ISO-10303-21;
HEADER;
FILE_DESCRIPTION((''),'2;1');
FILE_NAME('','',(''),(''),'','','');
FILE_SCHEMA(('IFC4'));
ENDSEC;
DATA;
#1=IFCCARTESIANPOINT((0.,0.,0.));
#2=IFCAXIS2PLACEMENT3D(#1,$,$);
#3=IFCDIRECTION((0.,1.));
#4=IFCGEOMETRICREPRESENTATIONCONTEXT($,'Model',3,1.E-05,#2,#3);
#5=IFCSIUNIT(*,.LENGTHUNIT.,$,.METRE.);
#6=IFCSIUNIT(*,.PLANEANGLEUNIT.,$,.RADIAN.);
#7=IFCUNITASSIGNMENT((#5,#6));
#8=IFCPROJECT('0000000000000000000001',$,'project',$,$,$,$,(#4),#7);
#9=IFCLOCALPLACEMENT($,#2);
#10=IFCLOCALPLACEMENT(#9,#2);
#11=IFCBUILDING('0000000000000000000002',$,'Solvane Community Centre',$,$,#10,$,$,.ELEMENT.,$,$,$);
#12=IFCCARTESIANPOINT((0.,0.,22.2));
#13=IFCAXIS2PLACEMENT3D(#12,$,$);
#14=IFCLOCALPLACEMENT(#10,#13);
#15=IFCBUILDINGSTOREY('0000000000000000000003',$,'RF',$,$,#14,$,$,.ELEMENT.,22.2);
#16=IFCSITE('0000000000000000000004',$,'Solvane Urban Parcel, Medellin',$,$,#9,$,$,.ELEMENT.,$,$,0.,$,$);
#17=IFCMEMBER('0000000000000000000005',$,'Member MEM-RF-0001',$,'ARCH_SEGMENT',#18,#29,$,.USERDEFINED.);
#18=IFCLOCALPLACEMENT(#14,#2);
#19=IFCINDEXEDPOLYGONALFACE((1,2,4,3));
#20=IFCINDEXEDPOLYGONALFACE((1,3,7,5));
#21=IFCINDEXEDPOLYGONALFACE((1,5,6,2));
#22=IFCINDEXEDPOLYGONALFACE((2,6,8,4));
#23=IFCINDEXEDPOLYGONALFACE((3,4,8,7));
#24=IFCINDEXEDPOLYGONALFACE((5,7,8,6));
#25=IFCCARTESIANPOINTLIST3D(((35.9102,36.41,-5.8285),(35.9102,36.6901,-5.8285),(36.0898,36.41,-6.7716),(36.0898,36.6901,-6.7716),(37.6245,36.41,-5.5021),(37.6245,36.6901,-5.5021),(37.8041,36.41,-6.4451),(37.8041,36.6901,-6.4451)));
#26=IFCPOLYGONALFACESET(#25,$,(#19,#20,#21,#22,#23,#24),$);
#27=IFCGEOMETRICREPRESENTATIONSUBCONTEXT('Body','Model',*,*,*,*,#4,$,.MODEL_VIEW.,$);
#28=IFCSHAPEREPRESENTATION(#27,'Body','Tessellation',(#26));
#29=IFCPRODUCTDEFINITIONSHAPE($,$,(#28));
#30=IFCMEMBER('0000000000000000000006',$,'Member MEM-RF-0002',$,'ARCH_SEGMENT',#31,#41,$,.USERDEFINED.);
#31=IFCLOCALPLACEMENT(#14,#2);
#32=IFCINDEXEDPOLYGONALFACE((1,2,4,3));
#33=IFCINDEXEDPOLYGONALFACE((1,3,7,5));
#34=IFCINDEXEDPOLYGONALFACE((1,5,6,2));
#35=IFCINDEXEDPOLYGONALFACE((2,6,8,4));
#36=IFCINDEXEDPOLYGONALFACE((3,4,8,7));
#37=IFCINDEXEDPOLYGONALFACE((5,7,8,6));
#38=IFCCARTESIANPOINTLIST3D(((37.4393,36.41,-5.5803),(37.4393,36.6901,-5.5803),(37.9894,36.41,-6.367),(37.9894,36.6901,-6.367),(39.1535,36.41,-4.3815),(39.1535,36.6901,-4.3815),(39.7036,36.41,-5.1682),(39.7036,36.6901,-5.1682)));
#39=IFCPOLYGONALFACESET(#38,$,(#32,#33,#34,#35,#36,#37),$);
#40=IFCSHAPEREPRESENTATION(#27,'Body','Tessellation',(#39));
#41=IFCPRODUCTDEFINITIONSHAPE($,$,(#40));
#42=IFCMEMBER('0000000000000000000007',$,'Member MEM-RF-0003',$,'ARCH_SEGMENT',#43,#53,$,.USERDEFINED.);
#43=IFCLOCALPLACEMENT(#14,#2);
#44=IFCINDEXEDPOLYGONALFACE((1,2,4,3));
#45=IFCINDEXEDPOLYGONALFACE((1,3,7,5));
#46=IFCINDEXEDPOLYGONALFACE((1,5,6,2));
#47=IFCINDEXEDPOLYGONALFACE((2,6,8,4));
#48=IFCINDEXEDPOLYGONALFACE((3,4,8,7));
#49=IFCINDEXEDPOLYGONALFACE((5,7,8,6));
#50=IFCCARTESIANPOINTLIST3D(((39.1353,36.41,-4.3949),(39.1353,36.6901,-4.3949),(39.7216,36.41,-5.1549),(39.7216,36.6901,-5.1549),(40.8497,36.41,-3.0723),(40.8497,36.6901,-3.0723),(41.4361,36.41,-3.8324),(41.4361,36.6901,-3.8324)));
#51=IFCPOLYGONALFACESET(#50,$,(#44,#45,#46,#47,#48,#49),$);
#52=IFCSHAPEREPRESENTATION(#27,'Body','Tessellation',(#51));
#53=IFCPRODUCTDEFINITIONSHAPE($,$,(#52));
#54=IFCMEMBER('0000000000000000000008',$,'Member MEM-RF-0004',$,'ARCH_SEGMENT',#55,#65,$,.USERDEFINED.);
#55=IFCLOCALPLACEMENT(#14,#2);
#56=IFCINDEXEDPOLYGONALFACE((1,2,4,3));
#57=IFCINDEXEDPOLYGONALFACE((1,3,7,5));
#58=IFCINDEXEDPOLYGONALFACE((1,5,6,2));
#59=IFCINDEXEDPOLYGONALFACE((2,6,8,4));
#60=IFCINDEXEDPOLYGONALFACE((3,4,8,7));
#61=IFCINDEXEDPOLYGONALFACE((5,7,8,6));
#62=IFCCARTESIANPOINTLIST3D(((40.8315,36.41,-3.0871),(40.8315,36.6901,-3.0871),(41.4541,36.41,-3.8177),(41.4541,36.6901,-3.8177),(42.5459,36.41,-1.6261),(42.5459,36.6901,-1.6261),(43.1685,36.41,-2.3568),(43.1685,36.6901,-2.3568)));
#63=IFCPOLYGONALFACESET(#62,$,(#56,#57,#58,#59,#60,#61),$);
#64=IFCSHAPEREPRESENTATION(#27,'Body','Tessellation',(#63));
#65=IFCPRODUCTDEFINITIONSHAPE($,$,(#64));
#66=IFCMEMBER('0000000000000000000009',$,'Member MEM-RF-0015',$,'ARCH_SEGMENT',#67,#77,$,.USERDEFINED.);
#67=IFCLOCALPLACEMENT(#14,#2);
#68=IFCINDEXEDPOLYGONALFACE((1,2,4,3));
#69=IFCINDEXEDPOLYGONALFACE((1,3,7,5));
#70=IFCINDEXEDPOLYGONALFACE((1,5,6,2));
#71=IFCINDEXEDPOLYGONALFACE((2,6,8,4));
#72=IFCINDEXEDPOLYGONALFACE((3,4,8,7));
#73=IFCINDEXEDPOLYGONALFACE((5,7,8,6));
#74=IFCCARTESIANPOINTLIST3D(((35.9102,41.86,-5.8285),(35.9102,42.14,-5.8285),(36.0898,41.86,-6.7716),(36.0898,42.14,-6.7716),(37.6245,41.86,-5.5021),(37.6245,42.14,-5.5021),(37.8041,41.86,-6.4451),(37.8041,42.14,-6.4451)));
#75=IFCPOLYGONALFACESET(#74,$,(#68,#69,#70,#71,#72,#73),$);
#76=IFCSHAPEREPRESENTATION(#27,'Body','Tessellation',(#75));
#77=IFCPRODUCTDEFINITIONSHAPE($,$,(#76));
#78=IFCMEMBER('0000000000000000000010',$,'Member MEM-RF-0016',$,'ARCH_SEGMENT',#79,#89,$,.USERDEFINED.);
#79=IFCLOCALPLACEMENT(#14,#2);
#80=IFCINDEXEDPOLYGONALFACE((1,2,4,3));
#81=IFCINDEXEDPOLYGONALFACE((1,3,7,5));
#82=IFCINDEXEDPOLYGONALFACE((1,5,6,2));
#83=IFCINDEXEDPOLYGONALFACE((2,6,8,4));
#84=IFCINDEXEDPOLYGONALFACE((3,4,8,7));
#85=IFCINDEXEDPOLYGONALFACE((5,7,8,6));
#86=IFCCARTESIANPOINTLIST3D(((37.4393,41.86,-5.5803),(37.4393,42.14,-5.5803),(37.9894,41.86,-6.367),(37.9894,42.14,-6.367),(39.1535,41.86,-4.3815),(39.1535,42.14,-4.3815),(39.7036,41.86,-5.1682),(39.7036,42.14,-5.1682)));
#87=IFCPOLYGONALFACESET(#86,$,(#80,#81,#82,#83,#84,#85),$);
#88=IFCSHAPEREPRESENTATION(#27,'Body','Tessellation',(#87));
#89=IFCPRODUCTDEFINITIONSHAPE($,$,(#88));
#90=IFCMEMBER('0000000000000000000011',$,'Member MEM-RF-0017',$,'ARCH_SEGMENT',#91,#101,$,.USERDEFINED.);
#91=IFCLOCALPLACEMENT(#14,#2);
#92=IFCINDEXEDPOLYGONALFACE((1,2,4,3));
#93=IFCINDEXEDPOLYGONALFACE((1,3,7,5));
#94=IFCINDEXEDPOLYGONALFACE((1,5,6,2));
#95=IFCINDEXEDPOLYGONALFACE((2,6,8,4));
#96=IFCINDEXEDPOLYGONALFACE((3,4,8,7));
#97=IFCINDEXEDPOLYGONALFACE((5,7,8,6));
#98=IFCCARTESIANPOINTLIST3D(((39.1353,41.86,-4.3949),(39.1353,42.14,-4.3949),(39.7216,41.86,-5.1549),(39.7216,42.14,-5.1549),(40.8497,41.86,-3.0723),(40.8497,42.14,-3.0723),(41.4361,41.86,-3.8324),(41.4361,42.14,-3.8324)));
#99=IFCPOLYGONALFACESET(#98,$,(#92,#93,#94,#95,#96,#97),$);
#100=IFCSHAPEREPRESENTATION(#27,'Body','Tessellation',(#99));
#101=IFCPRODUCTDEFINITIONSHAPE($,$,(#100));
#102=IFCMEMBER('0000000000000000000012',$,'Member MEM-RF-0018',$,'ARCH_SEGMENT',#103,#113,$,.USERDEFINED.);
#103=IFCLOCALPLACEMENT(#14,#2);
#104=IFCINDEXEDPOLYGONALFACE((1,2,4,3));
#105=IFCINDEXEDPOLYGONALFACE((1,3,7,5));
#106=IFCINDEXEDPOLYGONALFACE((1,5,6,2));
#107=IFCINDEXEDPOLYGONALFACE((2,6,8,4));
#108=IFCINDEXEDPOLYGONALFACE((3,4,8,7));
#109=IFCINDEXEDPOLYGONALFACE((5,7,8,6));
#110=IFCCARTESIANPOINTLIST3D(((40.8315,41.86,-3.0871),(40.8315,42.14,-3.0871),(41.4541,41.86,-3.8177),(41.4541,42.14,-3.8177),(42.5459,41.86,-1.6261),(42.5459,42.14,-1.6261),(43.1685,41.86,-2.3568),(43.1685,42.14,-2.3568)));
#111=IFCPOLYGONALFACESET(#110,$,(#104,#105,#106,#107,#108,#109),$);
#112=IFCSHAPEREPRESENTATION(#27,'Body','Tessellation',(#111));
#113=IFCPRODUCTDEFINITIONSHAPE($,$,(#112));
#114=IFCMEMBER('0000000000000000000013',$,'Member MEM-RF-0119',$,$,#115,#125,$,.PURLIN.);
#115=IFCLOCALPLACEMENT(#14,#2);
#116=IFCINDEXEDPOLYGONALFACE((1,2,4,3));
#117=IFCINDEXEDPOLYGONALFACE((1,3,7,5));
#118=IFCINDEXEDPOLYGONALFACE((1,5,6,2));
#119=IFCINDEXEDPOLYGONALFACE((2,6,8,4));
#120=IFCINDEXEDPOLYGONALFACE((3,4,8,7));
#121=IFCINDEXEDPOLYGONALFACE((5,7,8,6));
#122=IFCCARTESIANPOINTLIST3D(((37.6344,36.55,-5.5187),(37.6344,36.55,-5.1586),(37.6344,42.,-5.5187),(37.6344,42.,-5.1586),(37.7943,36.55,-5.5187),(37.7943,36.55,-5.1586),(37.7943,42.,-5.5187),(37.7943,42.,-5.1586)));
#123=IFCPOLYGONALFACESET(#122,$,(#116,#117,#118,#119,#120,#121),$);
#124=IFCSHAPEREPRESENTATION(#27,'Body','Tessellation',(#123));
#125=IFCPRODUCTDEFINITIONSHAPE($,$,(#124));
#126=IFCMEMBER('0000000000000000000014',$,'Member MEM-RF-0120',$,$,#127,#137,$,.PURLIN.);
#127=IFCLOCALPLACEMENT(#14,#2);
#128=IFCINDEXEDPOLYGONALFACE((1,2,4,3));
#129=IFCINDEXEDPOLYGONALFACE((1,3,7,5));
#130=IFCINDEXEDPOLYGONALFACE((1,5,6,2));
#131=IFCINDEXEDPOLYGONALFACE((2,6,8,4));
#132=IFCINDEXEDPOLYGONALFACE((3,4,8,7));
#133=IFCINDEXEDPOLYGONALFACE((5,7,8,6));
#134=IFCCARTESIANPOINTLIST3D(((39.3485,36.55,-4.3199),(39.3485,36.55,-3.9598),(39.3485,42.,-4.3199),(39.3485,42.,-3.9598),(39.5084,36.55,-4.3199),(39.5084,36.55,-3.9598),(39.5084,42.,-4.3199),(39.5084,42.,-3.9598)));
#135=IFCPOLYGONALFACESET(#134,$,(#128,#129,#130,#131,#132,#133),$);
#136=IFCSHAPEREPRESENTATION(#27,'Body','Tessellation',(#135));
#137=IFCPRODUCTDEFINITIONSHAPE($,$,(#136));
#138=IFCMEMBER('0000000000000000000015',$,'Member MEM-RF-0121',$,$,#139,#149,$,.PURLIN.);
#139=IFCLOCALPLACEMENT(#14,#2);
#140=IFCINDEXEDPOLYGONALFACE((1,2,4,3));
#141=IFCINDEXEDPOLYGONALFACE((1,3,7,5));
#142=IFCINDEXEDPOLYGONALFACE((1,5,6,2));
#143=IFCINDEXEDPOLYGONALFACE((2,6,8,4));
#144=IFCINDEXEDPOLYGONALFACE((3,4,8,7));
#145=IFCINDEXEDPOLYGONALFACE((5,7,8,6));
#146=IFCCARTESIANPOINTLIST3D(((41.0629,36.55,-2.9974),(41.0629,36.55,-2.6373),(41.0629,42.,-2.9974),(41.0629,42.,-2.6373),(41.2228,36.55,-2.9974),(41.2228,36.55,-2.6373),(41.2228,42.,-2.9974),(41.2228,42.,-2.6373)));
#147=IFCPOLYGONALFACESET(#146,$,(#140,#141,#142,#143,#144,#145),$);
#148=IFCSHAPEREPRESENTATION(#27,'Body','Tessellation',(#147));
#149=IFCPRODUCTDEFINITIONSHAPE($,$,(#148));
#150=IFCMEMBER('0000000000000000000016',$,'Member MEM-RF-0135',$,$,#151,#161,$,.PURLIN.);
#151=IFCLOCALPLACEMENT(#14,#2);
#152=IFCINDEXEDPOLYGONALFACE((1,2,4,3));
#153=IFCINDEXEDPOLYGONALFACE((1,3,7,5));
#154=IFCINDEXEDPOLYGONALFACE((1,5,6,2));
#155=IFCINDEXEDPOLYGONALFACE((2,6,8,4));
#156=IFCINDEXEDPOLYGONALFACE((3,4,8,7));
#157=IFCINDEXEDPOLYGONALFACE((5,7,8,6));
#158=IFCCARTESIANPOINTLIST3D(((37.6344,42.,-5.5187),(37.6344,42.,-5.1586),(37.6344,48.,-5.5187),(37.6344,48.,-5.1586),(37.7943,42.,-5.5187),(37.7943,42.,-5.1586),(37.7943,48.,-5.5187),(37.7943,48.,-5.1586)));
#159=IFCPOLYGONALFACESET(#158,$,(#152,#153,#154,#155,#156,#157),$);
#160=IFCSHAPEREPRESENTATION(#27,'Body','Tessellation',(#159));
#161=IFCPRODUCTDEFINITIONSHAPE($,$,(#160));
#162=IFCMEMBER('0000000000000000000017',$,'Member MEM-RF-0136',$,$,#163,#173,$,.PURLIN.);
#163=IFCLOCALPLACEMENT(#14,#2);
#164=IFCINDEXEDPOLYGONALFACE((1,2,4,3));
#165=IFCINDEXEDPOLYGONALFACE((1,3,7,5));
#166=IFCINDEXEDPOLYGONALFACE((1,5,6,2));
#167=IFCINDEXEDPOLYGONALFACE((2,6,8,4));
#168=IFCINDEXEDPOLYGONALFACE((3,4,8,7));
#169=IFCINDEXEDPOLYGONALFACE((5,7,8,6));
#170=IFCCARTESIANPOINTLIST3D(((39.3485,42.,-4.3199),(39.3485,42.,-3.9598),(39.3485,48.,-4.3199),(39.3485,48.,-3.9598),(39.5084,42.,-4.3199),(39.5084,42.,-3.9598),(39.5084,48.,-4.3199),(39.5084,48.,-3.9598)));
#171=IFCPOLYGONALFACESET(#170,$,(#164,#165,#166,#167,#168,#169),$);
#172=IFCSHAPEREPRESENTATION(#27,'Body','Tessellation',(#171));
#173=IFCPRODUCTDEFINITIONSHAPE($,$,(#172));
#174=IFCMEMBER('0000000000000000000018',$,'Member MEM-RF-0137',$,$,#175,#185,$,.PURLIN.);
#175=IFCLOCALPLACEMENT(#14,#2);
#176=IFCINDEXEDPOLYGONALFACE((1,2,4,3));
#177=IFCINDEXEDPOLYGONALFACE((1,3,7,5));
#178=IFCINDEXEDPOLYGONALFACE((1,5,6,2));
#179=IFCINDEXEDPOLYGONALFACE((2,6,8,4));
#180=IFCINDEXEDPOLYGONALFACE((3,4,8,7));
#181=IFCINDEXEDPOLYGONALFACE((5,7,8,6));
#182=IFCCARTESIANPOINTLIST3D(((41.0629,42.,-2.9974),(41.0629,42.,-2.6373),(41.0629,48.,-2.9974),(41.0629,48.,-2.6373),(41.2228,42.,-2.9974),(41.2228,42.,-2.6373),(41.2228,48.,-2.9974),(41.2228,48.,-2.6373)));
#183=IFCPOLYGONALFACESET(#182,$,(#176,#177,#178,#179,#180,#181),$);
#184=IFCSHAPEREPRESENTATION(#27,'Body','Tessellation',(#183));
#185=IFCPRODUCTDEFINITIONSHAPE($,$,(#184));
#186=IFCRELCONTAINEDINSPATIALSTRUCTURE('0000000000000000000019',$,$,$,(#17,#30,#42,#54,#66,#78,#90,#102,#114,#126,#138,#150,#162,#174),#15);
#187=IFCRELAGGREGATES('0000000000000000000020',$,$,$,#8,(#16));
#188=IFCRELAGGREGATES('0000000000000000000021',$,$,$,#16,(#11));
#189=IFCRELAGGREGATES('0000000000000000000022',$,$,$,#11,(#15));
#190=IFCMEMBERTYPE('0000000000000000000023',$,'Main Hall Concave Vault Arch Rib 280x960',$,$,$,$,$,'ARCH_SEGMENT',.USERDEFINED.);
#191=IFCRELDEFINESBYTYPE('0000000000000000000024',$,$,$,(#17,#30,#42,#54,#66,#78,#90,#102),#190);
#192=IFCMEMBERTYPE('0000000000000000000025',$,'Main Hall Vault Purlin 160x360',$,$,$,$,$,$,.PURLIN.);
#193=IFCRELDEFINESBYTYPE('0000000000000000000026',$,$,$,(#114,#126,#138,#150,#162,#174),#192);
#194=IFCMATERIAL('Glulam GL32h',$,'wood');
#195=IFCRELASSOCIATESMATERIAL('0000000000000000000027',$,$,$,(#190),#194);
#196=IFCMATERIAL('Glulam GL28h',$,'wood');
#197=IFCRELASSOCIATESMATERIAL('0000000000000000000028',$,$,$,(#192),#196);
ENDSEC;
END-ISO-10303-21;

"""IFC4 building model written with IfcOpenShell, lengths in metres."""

from ifc_helpers import new_model, si_unit, direction, frame, origin, origin_2d, place, context, subcontext, project, spatial, rectangle, extrude, material, material_profile, profile_set, type_object, element, save


model = new_model("IFC4")

# Units and contexts
model_context = context("Model", 3, precision=1e-05, world=origin(), true_north=direction((0.0, 1.0)))
body_context = subcontext(model_context, "Body", "Model", "MODEL_VIEW")
ifc_project = project(units=[si_unit("LENGTHUNIT", "METRE"), si_unit("PLANEANGLEUNIT", "RADIAN")], contexts=[model_context])

# Site, building, storey
site_placement = place(None, origin())
site = spatial("IfcSite", under=ifc_project, at=site_placement, Name="Solvane Urban Parcel, Medellin", CompositionType="ELEMENT", RefElevation=0.0)
building_placement = place(site_placement, origin())
building = spatial("IfcBuilding", under=site, at=building_placement, Name="Solvane Community Centre", CompositionType="ELEMENT")
storey_placement = place(building_placement, frame((0.0, 0.0, 22.2)))
storey = spatial("IfcBuildingStorey", under=building, at=storey_placement, Name="RF", CompositionType="ELEMENT", Elevation=22.2)

# Members
ifc_material_1 = material(Name="Glulam GL32h", Category="wood")
ifc_material_profile_1 = material_profile(ifc_material_1, rectangle(XDim=0.28, YDim=0.96, at=origin_2d()), Name="GL32h 280x960")
ifc_profile_set_1 = profile_set([ifc_material_profile_1], Name="Glulam GL32h")
member_type_1 = type_object("IfcMemberType", Name="Main Hall Concave Vault Arch Rib 280x960", ElementType="ARCH_SEGMENT", PredefinedType="USERDEFINED", material=ifc_profile_set_1)
member_1_placement = place(storey_placement, frame((36.0, 36.55, -6.3), z_axis=(0.982352, 0.0, 0.187041), x_axis=(0.0, 1.0, 0.0)))
element("IfcMember", 1, at=member_1_placement, inside=storey, type_object=member_type_1, Name="Member MEM-RF-0001", ObjectType="ARCH_SEGMENT", PredefinedType="USERDEFINED", context=body_context, shape_type="SweptSolid", body=[
    extrude(rectangle(XDim=0.28, YDim=0.96, at=origin_2d()), origin(), (0.0, 0.0, 1.0), 1.7451),
])
member_2_placement = place(storey_placement, frame((37.7144, 36.55, -5.9736), z_axis=(0.81949, 0.0, 0.573094), x_axis=(0.0, 1.0, 0.0)))
element("IfcMember", 2, at=member_2_placement, inside=storey, type_object=member_type_1, Name="Member MEM-RF-0002", ObjectType="ARCH_SEGMENT", PredefinedType="USERDEFINED", context=body_context, shape_type="SweptSolid", body=[
    extrude(rectangle(XDim=0.28, YDim=0.96, at=origin_2d()), origin(), (0.0, 0.0, 1.0), 2.0918),
])
member_3_placement = place(storey_placement, frame((39.4285, 36.55, -4.7749), z_axis=(0.791781, 0.0, 0.610805), x_axis=(0.0, 1.0, 0.0)))
element("IfcMember", 3, at=member_3_placement, inside=storey, type_object=member_type_1, Name="Member MEM-RF-0003", ObjectType="ARCH_SEGMENT", PredefinedType="USERDEFINED", context=body_context, shape_type="SweptSolid", body=[
    extrude(rectangle(XDim=0.28, YDim=0.96, at=origin_2d()), origin(), (0.0, 0.0, 1.0), 2.1653),
])
member_4_placement = place(storey_placement, frame((41.1428, 36.55, -3.4524), z_axis=(0.76112, 0.0, 0.648611), x_axis=(0.0, 1.0, 0.0)))
element("IfcMember", 4, at=member_4_placement, inside=storey, type_object=member_type_1, Name="Member MEM-RF-0004", ObjectType="ARCH_SEGMENT", PredefinedType="USERDEFINED", context=body_context, shape_type="SweptSolid", body=[
    extrude(rectangle(XDim=0.28, YDim=0.96, at=origin_2d()), origin(), (0.0, 0.0, 1.0), 2.2524),
])
member_5_placement = place(storey_placement, frame((36.0, 42.0, -6.3), z_axis=(0.982352, 0.0, 0.187041), x_axis=(0.0, 1.0, 0.0)))
element("IfcMember", 5, at=member_5_placement, inside=storey, type_object=member_type_1, Name="Member MEM-RF-0015", ObjectType="ARCH_SEGMENT", PredefinedType="USERDEFINED", context=body_context, shape_type="SweptSolid", body=[
    extrude(rectangle(XDim=0.28, YDim=0.96, at=origin_2d()), origin(), (0.0, 0.0, 1.0), 1.7451),
])
member_6_placement = place(storey_placement, frame((37.7144, 42.0, -5.9736), z_axis=(0.81949, 0.0, 0.573094), x_axis=(0.0, 1.0, 0.0)))
element("IfcMember", 6, at=member_6_placement, inside=storey, type_object=member_type_1, Name="Member MEM-RF-0016", ObjectType="ARCH_SEGMENT", PredefinedType="USERDEFINED", context=body_context, shape_type="SweptSolid", body=[
    extrude(rectangle(XDim=0.28, YDim=0.96, at=origin_2d()), origin(), (0.0, 0.0, 1.0), 2.0918),
])
member_7_placement = place(storey_placement, frame((39.4285, 42.0, -4.7749), z_axis=(0.791781, 0.0, 0.610805), x_axis=(0.0, 1.0, 0.0)))
element("IfcMember", 7, at=member_7_placement, inside=storey, type_object=member_type_1, Name="Member MEM-RF-0017", ObjectType="ARCH_SEGMENT", PredefinedType="USERDEFINED", context=body_context, shape_type="SweptSolid", body=[
    extrude(rectangle(XDim=0.28, YDim=0.96, at=origin_2d()), origin(), (0.0, 0.0, 1.0), 2.1653),
])
member_8_placement = place(storey_placement, frame((41.1428, 42.0, -3.4524), z_axis=(0.76112, 0.0, 0.648611), x_axis=(0.0, 1.0, 0.0)))
element("IfcMember", 8, at=member_8_placement, inside=storey, type_object=member_type_1, Name="Member MEM-RF-0018", ObjectType="ARCH_SEGMENT", PredefinedType="USERDEFINED", context=body_context, shape_type="SweptSolid", body=[
    extrude(rectangle(XDim=0.28, YDim=0.96, at=origin_2d()), origin(), (0.0, 0.0, 1.0), 2.2524),
])
ifc_material_2 = material(Name="Glulam GL28h", Category="wood")
ifc_material_profile_2 = material_profile(ifc_material_2, rectangle(XDim=0.1599, YDim=0.3601, at=origin_2d()), Name="GL28h 160x360")
ifc_profile_set_2 = profile_set([ifc_material_profile_2], Name="Glulam GL28h")
member_type_2 = type_object("IfcMemberType", Name="Main Hall Vault Purlin 160x360", PredefinedType="PURLIN", material=ifc_profile_set_2)
for number, where, z_axis, x_axis, name in (
    (9, (37.7144, 36.55, -5.3386), (0.0, 1.0, 0.0), (-1.0, 0.0, 0.0), "Member MEM-RF-0119"),
    (10, (39.4285, 36.55, -4.1399), (0.0, 1.0, 0.0), (-1.0, 0.0, 0.0), "Member MEM-RF-0120"),
    (11, (41.1428, 36.55, -2.8174), (0.0, 1.0, 0.0), (-1.0, 0.0, 0.0), "Member MEM-RF-0121"),
):
    element("IfcMember", number, at=place(storey_placement, frame(where, z_axis=z_axis, x_axis=x_axis)), inside=storey, type_object=member_type_2, Name=name, PredefinedType="PURLIN", context=body_context, shape_type="SweptSolid", body=[
        extrude(rectangle(XDim=0.1599, YDim=0.3601, at=origin_2d()), origin(), (0.0, 0.0, 1.0), 5.45),
    ])
for number, where, z_axis, x_axis, name in (
    (12, (37.7144, 42.0, -5.3386), (0.0, 1.0, 0.0), (-1.0, 0.0, 0.0), "Member MEM-RF-0135"),
    (13, (39.4285, 42.0, -4.1399), (0.0, 1.0, 0.0), (-1.0, 0.0, 0.0), "Member MEM-RF-0136"),
    (14, (41.1428, 42.0, -2.8174), (0.0, 1.0, 0.0), (-1.0, 0.0, 0.0), "Member MEM-RF-0137"),
):
    element("IfcMember", number, at=place(storey_placement, frame(where, z_axis=z_axis, x_axis=x_axis)), inside=storey, type_object=member_type_2, Name=name, PredefinedType="PURLIN", context=body_context, shape_type="SweptSolid", body=[
        extrude(rectangle(XDim=0.1599, YDim=0.3601, at=origin_2d()), origin(), (0.0, 0.0, 1.0), 6.0),
    ])

save(model, "model.ifc")
